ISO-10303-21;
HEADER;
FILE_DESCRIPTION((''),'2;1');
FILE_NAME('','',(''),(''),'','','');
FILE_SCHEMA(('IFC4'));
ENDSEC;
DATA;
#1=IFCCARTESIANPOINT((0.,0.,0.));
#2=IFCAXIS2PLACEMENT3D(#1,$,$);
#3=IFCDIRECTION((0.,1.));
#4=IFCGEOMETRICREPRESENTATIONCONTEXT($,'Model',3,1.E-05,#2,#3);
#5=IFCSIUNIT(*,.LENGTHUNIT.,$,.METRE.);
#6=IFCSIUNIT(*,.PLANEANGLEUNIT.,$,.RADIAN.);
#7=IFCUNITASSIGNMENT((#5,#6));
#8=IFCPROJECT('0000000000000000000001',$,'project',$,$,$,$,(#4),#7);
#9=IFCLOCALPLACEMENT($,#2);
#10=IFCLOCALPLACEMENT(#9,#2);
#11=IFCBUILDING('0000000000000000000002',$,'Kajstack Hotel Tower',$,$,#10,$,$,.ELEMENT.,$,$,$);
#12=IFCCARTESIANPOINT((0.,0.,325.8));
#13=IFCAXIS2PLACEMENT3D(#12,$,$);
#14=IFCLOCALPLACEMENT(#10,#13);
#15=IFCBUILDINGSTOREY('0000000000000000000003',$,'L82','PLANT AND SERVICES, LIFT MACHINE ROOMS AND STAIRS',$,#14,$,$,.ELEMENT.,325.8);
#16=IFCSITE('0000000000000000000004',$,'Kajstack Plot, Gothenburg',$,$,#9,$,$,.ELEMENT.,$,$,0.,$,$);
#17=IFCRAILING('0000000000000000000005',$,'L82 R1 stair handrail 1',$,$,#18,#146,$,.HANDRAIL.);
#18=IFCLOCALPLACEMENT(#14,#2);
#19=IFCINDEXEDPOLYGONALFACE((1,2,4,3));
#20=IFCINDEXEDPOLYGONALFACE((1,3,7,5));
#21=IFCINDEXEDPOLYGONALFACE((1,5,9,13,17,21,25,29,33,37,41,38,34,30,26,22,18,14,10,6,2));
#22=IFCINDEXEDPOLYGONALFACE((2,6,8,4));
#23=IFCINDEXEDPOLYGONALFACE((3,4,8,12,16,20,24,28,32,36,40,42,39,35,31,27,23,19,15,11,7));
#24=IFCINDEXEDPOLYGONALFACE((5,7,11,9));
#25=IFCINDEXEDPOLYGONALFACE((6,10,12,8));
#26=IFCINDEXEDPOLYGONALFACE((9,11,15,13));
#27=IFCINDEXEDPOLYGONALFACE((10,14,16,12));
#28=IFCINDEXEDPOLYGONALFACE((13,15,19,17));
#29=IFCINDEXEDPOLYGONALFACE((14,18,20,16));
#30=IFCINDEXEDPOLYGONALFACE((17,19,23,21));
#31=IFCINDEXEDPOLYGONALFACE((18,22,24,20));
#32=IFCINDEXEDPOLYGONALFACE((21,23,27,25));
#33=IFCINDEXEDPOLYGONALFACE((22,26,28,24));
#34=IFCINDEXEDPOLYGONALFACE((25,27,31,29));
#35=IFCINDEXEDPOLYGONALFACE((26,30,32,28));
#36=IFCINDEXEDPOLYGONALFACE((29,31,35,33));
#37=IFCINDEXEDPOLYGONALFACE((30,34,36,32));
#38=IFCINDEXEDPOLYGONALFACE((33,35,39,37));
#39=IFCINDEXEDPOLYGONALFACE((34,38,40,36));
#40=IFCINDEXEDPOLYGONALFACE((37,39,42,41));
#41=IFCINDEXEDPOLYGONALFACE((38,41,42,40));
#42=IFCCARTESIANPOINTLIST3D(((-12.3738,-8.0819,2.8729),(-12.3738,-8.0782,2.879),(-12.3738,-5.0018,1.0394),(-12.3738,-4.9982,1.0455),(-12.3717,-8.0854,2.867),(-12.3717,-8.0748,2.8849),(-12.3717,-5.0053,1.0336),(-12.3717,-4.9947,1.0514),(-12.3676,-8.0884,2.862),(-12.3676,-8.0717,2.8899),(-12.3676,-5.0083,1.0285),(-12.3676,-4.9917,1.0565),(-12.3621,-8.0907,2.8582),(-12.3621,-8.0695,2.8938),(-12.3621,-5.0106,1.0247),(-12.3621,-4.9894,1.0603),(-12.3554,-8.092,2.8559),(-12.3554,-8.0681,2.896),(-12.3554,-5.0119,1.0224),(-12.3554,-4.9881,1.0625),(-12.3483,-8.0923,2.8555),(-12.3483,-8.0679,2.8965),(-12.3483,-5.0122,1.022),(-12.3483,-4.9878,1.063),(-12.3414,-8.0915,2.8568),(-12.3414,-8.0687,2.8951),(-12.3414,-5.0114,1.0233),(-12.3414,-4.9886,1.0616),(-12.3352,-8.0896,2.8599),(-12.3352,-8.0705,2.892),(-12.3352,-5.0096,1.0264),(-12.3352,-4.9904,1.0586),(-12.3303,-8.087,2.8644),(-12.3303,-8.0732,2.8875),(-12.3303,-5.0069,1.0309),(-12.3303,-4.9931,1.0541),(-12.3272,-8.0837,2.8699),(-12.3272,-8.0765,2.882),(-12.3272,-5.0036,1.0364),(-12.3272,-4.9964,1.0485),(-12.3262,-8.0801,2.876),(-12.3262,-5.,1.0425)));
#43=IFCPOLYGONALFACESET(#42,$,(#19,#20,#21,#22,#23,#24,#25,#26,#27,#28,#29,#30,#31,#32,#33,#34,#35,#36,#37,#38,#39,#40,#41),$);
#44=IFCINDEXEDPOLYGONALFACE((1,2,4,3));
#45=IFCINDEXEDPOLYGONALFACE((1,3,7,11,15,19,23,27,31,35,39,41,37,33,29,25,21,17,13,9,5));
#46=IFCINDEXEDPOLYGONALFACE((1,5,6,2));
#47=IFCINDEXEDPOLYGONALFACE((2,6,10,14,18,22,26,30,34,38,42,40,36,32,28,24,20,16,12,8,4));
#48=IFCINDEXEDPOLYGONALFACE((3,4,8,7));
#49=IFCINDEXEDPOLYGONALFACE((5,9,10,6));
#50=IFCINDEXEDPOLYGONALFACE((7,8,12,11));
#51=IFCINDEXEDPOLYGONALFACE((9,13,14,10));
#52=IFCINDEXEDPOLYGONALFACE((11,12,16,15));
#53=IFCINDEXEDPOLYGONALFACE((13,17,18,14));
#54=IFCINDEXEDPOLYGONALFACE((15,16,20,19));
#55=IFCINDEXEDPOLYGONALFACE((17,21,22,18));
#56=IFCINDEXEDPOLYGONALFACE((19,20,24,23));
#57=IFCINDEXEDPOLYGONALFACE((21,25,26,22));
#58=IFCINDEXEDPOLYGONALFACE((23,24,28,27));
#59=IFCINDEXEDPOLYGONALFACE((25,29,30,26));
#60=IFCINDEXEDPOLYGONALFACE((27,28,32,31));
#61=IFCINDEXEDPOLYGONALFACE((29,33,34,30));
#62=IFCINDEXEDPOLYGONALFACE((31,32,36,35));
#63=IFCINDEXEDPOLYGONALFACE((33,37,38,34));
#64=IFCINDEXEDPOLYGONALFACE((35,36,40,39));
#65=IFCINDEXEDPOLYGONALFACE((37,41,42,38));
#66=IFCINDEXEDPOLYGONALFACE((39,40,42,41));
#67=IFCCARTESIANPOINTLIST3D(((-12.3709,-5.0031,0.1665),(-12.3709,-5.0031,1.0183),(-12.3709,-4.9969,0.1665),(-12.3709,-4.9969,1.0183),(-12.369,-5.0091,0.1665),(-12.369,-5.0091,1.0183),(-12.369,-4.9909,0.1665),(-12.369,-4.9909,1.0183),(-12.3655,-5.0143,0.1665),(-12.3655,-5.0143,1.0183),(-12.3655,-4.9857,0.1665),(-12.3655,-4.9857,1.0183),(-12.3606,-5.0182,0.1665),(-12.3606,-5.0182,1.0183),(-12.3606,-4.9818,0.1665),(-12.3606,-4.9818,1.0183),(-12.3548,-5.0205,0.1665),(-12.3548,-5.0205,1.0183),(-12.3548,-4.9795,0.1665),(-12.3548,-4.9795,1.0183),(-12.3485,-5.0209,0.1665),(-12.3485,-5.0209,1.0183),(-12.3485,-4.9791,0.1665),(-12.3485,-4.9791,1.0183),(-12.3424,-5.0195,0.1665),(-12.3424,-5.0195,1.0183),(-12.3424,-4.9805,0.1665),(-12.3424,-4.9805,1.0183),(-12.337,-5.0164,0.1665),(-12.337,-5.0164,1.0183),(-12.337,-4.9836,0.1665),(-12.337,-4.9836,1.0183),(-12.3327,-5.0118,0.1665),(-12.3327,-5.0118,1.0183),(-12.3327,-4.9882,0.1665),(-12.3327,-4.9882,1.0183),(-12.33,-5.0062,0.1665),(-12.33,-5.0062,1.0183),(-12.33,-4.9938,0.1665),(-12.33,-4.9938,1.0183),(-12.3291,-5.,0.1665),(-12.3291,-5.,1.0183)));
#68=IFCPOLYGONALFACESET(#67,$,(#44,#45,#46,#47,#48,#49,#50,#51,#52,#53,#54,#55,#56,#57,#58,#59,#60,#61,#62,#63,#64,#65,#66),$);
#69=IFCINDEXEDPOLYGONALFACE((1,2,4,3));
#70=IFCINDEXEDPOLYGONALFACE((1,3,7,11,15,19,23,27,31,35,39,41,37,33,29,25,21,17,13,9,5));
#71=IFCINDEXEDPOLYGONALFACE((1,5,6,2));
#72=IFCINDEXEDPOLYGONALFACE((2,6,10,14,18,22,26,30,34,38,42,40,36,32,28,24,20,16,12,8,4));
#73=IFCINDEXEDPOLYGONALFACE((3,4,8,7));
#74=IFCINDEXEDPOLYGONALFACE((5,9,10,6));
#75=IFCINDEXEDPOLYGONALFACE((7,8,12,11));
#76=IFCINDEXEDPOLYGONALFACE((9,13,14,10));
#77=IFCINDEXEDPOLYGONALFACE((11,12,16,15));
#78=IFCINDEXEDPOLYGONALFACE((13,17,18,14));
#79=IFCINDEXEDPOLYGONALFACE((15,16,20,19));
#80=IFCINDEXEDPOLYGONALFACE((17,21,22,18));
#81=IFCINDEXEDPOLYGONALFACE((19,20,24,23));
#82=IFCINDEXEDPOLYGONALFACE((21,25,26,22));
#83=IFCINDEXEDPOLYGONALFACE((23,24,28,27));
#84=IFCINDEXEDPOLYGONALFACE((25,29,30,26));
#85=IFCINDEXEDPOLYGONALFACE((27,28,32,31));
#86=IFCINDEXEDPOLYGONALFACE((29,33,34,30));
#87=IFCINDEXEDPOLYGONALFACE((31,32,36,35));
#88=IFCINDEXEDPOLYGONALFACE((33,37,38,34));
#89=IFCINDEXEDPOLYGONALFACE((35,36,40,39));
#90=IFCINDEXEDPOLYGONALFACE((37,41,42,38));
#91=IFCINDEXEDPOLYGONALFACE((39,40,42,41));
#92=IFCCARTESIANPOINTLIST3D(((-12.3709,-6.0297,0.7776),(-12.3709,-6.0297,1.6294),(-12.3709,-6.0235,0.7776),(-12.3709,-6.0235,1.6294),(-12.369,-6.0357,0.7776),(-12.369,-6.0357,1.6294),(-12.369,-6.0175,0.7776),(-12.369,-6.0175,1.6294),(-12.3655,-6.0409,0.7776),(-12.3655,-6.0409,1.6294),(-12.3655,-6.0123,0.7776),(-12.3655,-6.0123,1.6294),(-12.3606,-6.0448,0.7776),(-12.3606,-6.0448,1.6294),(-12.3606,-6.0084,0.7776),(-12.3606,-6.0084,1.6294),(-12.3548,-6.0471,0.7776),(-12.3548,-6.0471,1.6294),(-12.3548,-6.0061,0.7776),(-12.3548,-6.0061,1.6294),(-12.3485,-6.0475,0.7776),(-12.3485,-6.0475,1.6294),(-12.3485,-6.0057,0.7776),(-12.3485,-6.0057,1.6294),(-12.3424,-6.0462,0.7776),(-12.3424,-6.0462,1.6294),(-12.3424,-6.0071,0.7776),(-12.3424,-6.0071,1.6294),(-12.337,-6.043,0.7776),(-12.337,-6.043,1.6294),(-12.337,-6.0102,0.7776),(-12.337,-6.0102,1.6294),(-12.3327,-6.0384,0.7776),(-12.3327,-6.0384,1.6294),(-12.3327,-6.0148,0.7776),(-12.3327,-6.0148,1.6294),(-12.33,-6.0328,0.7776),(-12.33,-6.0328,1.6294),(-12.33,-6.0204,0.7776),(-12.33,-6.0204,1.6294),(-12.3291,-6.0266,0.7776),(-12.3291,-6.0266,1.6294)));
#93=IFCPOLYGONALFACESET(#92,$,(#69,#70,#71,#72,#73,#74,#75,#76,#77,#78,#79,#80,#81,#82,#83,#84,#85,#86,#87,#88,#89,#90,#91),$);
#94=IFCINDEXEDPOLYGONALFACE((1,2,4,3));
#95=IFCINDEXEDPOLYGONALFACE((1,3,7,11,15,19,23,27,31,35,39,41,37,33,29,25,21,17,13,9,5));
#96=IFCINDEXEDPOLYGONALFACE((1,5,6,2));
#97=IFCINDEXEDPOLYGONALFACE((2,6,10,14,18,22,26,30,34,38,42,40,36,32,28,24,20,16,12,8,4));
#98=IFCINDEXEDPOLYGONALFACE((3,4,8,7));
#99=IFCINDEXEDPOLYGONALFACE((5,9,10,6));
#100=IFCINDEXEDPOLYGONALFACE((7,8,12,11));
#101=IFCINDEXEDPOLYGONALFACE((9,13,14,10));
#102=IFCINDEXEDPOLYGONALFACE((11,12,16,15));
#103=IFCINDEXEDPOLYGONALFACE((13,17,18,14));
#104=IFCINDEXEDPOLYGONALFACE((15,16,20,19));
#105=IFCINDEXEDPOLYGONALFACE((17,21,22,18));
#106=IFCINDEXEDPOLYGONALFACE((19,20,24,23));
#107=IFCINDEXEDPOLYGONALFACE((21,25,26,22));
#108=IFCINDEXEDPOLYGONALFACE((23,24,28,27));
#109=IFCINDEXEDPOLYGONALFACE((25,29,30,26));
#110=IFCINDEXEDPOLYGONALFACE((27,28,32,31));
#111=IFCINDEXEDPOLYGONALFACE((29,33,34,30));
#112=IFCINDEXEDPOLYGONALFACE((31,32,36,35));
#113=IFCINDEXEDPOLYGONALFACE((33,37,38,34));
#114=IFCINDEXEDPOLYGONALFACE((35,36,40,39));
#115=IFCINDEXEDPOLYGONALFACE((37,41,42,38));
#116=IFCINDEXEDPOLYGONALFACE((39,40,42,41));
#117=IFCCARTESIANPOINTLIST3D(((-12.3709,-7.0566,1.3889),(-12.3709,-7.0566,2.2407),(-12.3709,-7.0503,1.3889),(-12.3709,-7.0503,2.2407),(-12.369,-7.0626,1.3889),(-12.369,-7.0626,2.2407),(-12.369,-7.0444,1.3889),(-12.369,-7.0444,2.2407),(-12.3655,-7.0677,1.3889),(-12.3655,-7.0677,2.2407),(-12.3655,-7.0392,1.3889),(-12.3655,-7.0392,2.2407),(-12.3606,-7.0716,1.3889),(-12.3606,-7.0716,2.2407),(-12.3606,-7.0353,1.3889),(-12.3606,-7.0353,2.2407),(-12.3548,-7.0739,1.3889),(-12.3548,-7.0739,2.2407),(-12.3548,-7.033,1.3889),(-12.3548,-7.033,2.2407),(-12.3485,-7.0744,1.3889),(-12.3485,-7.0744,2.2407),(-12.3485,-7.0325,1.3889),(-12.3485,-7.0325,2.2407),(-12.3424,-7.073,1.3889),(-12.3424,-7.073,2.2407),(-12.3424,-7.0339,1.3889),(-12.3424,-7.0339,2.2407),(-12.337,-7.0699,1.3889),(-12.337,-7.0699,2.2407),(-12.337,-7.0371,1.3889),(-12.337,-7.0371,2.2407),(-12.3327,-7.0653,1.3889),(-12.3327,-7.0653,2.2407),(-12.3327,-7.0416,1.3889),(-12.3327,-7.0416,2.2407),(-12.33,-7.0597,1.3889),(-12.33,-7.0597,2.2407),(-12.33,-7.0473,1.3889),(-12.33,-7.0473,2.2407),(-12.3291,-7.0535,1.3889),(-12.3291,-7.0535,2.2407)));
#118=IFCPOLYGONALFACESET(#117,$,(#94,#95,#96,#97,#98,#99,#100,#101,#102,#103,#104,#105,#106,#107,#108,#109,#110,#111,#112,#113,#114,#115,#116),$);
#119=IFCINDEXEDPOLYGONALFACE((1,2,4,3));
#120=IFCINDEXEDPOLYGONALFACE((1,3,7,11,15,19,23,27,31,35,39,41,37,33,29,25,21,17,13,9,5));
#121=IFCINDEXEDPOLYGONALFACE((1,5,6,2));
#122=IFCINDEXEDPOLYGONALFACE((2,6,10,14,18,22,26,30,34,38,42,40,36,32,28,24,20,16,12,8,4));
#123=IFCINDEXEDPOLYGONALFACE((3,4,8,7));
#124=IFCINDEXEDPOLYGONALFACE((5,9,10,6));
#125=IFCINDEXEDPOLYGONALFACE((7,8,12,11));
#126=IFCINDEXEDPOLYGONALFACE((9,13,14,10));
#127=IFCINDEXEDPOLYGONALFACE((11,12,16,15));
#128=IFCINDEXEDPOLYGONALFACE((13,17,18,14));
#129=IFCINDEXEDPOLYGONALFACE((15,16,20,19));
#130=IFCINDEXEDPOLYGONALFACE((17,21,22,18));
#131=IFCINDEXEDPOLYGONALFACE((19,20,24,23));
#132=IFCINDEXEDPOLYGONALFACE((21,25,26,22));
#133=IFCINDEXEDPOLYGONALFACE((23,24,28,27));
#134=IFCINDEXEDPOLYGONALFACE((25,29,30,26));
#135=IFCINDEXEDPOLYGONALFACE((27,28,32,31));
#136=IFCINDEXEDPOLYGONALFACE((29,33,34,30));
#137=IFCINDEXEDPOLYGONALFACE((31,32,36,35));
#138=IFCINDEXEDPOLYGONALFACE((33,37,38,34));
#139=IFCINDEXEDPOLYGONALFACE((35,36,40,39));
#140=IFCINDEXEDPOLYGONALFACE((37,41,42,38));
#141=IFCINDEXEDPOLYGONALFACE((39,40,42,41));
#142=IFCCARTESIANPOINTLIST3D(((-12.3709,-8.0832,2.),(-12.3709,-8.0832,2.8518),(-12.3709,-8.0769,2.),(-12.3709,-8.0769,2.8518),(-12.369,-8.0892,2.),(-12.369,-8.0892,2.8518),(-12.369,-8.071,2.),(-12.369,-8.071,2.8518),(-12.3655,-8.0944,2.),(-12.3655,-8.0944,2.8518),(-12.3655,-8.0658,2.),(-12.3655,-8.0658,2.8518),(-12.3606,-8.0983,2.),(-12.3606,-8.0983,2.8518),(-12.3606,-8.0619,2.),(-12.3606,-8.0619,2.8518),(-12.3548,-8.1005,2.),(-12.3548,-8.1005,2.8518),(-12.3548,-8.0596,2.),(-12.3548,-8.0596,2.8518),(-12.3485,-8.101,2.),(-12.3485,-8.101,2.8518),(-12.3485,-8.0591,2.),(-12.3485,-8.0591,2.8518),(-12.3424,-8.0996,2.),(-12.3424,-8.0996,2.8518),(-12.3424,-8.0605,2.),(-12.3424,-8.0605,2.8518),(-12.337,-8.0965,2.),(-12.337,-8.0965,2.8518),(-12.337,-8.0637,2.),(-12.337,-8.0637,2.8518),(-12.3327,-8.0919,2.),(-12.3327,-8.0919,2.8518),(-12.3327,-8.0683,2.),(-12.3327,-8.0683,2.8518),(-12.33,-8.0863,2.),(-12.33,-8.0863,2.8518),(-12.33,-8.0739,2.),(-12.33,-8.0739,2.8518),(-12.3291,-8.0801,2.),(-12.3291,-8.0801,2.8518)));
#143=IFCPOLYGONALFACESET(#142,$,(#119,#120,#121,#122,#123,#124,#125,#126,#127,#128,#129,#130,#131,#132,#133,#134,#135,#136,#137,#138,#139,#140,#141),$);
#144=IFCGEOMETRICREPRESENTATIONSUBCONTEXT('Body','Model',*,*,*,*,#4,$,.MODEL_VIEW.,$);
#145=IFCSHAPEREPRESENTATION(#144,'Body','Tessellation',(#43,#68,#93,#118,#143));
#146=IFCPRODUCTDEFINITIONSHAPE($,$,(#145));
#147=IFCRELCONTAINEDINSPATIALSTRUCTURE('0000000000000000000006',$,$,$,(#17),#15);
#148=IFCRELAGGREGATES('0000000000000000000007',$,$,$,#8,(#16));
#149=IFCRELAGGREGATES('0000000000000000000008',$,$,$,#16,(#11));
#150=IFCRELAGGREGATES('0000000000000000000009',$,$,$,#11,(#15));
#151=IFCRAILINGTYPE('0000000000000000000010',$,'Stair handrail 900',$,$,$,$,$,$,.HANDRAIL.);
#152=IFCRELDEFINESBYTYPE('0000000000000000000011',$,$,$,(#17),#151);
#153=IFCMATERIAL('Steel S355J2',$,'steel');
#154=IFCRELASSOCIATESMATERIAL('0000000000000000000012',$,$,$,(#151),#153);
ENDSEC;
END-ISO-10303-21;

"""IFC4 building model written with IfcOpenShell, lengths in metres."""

from ifc_helpers import new_model, si_unit, direction, frame, origin, origin_2d, place, context, subcontext, project, spatial, circle, extrude, material, type_object, element, save


model = new_model("IFC4")

# Units and contexts
model_context = context("Model", 3, precision=1e-05, world=origin(), true_north=direction((0.0, 1.0)))
body_context = subcontext(model_context, "Body", "Model", "MODEL_VIEW")
ifc_project = project(units=[si_unit("LENGTHUNIT", "METRE"), si_unit("PLANEANGLEUNIT", "RADIAN")], contexts=[model_context])

# Site, building, storey
site_placement = place(None, origin())
site = spatial("IfcSite", under=ifc_project, at=site_placement, Name="Kajstack Plot, Gothenburg", CompositionType="ELEMENT", RefElevation=0.0)
building_placement = place(site_placement, origin())
building = spatial("IfcBuilding", under=site, at=building_placement, Name="Kajstack Hotel Tower", CompositionType="ELEMENT")
storey_placement = place(building_placement, frame((0.0, 0.0, 325.8)))
storey = spatial("IfcBuildingStorey", under=building, at=storey_placement, Name="L82", Description="PLANT AND SERVICES, LIFT MACHINE ROOMS AND STAIRS", CompositionType="ELEMENT", Elevation=325.8)

# Shared definitions
ifc_material_1 = material(Name="Steel S355J2", Category="steel")

# Railing
railing_type_1 = type_object("IfcRailingType", Name="Stair handrail 900", PredefinedType="HANDRAIL", material=ifc_material_1)
railing_1_placement = place(storey_placement, frame((-12.3501, -5.0, 0.1665)))
element("IfcRailing", 1, at=railing_1_placement, inside=storey, type_object=railing_type_1, Name="L82 R1 stair handrail 1", PredefinedType="HANDRAIL", context=body_context, shape_type="SweptSolid", body=[
    extrude(circle(Radius=0.0239, at=origin_2d()), frame((0.0, 0.0, 0.876), z_axis=(0.0, -0.859279, 0.511508), x_axis=(1.0, 0.0, 0.0)), (0.0, 0.0, 1.0), 3.5845),
    extrude(circle(Radius=0.021, at=origin_2d()), origin(), (0.0, 0.0, 1.0), 0.8518),
    extrude(circle(Radius=0.021, at=origin_2d()), frame((0.0, -1.0266, 0.6111)), (0.0, 0.0, 1.0), 0.8518),
    extrude(circle(Radius=0.021, at=origin_2d()), frame((0.0, -2.0535, 1.2224)), (0.0, 0.0, 1.0), 0.8518),
    extrude(circle(Radius=0.021, at=origin_2d()), frame((0.0, -3.0801, 1.8335)), (0.0, 0.0, 1.0), 0.8518),
])

save(model, "model.ifc")
